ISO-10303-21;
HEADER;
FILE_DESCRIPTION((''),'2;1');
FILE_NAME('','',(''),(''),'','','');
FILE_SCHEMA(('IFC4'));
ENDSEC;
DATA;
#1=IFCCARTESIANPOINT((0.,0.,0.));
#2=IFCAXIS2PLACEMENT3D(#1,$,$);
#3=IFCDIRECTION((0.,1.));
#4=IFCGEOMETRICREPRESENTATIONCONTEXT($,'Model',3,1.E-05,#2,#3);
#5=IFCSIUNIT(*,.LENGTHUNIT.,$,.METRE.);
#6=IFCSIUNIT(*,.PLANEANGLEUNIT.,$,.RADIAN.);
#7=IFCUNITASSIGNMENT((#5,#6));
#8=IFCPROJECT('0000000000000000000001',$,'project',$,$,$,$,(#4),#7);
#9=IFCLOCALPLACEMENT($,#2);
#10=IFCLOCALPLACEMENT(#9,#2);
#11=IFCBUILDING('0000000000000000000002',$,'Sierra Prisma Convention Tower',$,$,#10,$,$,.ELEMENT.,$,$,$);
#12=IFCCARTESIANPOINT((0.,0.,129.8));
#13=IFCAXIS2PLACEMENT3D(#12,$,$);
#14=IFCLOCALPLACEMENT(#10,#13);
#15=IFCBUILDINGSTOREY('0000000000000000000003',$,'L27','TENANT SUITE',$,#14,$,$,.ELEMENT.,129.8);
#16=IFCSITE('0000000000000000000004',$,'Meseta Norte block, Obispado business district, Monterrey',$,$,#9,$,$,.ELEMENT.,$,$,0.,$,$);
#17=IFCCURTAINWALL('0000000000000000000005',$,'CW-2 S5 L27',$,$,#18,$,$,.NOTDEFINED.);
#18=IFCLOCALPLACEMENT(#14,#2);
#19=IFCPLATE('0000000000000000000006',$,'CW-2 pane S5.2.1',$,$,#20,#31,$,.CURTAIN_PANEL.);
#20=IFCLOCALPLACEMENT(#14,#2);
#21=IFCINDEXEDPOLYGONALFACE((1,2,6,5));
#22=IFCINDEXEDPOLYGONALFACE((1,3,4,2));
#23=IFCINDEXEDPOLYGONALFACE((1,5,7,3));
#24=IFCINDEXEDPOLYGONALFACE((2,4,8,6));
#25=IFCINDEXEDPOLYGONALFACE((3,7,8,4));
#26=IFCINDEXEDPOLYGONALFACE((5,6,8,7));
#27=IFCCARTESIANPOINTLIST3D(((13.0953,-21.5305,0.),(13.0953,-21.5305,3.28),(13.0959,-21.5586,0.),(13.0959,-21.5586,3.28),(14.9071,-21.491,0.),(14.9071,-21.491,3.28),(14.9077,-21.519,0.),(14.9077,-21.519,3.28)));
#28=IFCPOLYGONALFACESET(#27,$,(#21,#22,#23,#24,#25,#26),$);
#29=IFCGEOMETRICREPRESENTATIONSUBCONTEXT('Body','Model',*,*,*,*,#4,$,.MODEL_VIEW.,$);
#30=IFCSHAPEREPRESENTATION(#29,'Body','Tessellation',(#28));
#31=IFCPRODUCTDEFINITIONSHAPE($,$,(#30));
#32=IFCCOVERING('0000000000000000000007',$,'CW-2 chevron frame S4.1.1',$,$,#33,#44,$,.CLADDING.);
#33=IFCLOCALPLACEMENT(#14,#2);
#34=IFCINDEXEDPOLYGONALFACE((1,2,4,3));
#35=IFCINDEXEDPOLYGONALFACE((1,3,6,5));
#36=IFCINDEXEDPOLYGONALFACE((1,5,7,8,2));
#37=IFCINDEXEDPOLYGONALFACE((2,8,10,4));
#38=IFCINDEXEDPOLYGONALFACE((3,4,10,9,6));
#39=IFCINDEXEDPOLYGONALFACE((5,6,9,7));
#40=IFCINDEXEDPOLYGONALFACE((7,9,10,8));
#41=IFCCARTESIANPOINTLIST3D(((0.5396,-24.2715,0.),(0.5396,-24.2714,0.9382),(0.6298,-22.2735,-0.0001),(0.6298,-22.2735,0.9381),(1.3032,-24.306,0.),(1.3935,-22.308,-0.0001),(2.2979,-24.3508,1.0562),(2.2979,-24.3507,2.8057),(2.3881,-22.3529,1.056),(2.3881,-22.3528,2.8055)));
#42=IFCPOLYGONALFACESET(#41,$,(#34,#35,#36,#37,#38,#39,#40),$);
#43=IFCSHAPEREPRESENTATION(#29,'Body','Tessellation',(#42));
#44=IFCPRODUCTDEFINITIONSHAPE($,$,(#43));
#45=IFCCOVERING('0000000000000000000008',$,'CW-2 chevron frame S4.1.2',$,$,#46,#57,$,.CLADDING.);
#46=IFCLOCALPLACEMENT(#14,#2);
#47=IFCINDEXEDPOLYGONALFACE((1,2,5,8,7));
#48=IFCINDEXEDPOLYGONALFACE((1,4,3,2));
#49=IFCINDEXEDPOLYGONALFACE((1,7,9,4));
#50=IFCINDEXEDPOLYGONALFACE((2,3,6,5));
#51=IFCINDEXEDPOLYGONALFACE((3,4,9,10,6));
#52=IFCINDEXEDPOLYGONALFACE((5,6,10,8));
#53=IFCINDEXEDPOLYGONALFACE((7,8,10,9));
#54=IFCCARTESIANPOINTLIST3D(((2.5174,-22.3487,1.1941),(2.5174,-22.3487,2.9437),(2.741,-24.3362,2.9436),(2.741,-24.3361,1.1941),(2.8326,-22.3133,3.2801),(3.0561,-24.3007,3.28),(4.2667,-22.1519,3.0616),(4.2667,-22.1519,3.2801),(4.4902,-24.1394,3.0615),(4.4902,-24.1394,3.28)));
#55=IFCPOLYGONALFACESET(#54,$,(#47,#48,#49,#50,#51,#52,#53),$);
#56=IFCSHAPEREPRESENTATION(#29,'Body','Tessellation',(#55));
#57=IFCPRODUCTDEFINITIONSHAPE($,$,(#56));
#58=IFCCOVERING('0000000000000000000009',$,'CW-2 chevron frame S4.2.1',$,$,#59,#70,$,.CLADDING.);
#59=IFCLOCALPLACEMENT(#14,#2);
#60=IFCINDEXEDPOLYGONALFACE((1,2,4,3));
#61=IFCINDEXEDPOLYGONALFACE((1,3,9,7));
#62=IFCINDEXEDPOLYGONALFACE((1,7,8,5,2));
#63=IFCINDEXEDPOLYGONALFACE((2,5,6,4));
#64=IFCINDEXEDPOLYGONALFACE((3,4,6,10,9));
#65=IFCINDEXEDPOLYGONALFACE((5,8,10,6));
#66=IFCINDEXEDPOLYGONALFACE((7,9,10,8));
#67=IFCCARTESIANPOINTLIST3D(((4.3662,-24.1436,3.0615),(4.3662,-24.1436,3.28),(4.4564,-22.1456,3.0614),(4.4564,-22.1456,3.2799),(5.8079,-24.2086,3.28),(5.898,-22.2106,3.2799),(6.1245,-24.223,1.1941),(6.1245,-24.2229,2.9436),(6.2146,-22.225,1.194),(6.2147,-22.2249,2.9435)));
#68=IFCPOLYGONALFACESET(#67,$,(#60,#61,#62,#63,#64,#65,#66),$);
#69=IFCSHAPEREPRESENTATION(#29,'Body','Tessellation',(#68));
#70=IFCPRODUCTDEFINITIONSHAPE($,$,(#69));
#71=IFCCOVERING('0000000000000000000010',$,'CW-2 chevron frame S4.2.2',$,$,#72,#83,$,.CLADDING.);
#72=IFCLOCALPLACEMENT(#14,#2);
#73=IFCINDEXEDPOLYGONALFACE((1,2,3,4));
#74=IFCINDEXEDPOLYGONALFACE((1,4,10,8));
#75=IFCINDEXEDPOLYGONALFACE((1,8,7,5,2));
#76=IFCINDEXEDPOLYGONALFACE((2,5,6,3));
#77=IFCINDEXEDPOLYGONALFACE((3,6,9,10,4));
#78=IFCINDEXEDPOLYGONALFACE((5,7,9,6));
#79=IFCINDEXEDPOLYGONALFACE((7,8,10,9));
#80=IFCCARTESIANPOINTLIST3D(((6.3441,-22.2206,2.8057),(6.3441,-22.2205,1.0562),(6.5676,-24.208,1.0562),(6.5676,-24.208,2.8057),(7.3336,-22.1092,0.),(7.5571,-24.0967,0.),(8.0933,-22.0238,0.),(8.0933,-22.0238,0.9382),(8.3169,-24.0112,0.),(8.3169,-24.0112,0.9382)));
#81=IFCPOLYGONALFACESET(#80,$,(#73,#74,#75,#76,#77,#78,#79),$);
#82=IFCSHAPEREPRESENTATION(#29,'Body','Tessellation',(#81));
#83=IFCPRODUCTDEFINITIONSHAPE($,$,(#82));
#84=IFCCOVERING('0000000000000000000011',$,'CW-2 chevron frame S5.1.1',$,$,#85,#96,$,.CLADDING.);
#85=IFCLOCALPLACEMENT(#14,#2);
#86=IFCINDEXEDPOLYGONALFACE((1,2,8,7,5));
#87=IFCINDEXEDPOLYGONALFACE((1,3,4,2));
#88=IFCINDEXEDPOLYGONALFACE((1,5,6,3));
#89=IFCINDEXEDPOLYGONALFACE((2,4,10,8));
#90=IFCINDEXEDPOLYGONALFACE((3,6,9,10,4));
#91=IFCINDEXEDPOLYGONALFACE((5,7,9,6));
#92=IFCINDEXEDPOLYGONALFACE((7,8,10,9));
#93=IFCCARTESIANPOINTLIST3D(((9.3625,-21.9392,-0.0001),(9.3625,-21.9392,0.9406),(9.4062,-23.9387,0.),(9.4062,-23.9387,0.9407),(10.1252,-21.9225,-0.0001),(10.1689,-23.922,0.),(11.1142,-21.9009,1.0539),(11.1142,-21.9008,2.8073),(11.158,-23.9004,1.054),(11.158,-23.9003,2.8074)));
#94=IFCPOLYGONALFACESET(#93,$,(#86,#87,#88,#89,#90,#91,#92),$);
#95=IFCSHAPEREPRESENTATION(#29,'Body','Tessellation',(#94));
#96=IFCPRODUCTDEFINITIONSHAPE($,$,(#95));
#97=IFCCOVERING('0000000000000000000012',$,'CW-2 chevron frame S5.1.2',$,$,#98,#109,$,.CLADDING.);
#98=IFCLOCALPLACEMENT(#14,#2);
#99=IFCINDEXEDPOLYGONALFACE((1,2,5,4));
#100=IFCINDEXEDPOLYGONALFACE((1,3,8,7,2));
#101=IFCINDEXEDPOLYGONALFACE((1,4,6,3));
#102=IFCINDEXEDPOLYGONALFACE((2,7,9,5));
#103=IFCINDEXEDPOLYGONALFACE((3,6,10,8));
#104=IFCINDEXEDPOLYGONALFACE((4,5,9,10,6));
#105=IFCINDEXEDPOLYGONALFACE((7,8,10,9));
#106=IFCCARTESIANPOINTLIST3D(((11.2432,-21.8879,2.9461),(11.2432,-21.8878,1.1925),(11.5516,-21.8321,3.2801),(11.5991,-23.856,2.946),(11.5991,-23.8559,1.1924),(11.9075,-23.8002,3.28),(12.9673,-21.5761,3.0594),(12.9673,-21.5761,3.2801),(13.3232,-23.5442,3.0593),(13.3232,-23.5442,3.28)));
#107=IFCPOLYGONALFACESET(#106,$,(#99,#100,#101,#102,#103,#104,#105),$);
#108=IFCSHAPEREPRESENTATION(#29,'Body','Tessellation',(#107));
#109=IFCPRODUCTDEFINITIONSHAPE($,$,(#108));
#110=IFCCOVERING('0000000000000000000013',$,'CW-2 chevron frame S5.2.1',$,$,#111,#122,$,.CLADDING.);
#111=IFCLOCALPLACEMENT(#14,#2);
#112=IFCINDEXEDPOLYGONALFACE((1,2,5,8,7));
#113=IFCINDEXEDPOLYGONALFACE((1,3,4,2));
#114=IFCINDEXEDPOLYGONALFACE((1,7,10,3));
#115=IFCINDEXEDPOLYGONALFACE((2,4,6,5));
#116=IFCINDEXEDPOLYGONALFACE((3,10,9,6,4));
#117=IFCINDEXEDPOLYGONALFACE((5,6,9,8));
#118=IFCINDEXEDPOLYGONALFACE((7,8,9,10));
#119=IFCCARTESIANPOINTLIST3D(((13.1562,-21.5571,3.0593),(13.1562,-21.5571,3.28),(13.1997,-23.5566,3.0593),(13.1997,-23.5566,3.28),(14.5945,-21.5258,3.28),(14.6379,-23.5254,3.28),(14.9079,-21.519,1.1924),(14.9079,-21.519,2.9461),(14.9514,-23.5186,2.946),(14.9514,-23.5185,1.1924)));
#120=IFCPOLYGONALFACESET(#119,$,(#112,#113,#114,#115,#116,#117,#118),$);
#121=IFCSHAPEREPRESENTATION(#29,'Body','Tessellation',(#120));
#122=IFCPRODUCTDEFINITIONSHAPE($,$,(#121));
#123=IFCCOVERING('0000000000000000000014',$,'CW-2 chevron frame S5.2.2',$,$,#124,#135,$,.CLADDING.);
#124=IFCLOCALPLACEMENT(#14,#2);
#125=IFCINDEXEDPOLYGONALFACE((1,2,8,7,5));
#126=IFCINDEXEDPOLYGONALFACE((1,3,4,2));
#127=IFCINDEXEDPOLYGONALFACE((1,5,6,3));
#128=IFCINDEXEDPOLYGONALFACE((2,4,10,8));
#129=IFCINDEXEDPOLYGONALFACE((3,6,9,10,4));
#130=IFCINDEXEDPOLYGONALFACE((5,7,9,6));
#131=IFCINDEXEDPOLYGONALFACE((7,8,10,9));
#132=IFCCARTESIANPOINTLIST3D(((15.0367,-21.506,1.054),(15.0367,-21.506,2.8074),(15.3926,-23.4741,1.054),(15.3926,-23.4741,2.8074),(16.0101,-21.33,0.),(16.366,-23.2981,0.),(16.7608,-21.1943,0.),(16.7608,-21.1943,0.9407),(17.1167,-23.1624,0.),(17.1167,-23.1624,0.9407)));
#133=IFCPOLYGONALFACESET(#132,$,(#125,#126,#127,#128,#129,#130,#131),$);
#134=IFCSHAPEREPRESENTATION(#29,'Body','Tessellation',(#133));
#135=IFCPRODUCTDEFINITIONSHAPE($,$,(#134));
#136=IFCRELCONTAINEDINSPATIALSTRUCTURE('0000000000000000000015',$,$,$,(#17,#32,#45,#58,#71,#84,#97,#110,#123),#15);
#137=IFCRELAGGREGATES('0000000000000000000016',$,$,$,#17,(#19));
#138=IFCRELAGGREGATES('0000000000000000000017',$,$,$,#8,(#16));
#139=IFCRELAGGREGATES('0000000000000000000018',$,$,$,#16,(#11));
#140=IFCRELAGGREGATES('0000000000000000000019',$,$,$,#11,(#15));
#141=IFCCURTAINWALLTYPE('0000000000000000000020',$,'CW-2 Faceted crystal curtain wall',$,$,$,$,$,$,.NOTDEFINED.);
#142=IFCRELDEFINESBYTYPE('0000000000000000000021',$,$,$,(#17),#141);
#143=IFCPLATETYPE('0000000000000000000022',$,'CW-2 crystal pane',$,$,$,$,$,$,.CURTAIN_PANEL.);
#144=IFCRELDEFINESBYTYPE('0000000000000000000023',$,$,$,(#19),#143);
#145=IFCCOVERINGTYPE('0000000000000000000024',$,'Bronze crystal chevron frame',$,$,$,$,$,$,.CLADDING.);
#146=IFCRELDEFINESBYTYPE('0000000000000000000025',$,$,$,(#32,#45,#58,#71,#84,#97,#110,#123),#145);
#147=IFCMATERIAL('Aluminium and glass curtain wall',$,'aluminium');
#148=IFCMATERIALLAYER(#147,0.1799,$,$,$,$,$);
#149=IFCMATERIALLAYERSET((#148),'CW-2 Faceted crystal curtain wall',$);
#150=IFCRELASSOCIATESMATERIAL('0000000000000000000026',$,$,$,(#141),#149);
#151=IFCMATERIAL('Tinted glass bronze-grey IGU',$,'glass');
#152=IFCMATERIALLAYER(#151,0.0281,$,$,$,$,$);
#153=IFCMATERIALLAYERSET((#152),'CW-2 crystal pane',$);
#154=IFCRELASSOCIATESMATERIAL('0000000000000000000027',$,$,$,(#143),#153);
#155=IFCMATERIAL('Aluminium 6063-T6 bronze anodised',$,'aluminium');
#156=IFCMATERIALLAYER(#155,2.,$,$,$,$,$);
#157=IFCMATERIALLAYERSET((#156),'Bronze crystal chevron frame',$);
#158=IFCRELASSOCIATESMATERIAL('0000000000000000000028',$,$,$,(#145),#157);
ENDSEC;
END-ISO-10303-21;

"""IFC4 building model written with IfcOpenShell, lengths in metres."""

from ifc_helpers import new_model, si_unit, direction, frame, origin, place, context, subcontext, project, spatial, polyline, outline, extrude, material, layer, layer_set, type_object, element, aggregate, save


model = new_model("IFC4")

# Units and contexts
model_context = context("Model", 3, precision=1e-05, world=origin(), true_north=direction((0.0, 1.0)))
body_context = subcontext(model_context, "Body", "Model", "MODEL_VIEW")
ifc_project = project(units=[si_unit("LENGTHUNIT", "METRE"), si_unit("PLANEANGLEUNIT", "RADIAN")], contexts=[model_context])

# Site, building, storey
site_placement = place(None, origin())
site = spatial("IfcSite", under=ifc_project, at=site_placement, Name="Meseta Norte block, Obispado business district, Monterrey", CompositionType="ELEMENT", RefElevation=0.0)
building_placement = place(site_placement, origin())
building = spatial("IfcBuilding", under=site, at=building_placement, Name="Sierra Prisma Convention Tower", CompositionType="ELEMENT")
storey_placement = place(building_placement, frame((0.0, 0.0, 129.8)))
storey = spatial("IfcBuildingStorey", under=building, at=storey_placement, Name="L27", Description="TENANT SUITE", CompositionType="ELEMENT", Elevation=129.8)

# Curtain wall
ifc_material_1 = material(Name="Aluminium and glass curtain wall", Category="aluminium")
ifc_layer_1 = layer(ifc_material_1, 0.1799)
ifc_layer_set_1 = layer_set([ifc_layer_1], Name="CW-2 Faceted crystal curtain wall")
curtain_wall_type = type_object("IfcCurtainWallType", Name="CW-2 Faceted crystal curtain wall", PredefinedType="NOTDEFINED", material=ifc_layer_set_1)
curtain_wall_1_placement = place(storey_placement, origin())
curtain_wall_1 = element("IfcCurtainWall", 1, at=curtain_wall_1_placement, inside=storey, type_object=curtain_wall_type, Name="CW-2 S5 L27", PredefinedType="NOTDEFINED")

# Plate
ifc_material_2 = material(Name="Tinted glass bronze-grey IGU", Category="glass")
ifc_layer_2 = layer(ifc_material_2, 0.0281)
ifc_layer_set_2 = layer_set([ifc_layer_2], Name="CW-2 crystal pane")
plate_type = type_object("IfcPlateType", Name="CW-2 crystal pane", PredefinedType="CURTAIN_PANEL", material=ifc_layer_set_2)
plate_1_placement = place(storey_placement, frame((13.0959, -21.5586, 0.0), z_axis=(0.021825, -0.999762, 0.0), x_axis=(0.999762, 0.021825, 0.0)))
plate_1 = element("IfcPlate", 2, at=plate_1_placement, type_object=plate_type, Name="CW-2 pane S5.2.1", PredefinedType="CURTAIN_PANEL", context=body_context, shape_type="SweptSolid", body=[
    extrude(outline(polyline([(0.0, 0.0), (1.8122, 0.0), (1.8122, 3.28), (0.0, 3.28), (0.0, 0.0)])), origin(), (0.0, 0.0, -1.0), 0.0281),
])
aggregate(curtain_wall_1, [plate_1])

# Coverings
ifc_material_3 = material(Name="Aluminium 6063-T6 bronze anodised", Category="aluminium")
ifc_layer_3 = layer(ifc_material_3, 2.0)
ifc_layer_set_3 = layer_set([ifc_layer_3], Name="Bronze crystal chevron frame")
covering_type = type_object("IfcCoveringType", Name="Bronze crystal chevron frame", PredefinedType="CLADDING", material=ifc_layer_set_3)
covering_1_placement = place(storey_placement, frame((0.5396, -24.2715, 0.0), z_axis=(-0.04512, -0.998982, 0.000065), x_axis=(0.998982, -0.04512, 0.0)))
element("IfcCovering", 3, at=covering_1_placement, inside=storey, type_object=covering_type, Name="CW-2 chevron frame S4.1.1", PredefinedType="CLADDING", context=body_context, shape_type="SweptSolid", body=[
    extrude(outline(polyline([(0.0, 0.0), (0.7645, 0.0), (1.7601, 1.0562), (1.7601, 2.8057), (0.0, 0.9382), (0.0, 0.0)])), origin(), (0.0, 0.0, -1.0), 2.0),
])
covering_2_placement = place(storey_placement, frame((2.741, -24.3362, 2.9436), z_axis=(0.111791, -0.993732, -0.000024), x_axis=(-0.000003, 0.000024, -1.0)))
element("IfcCovering", 4, at=covering_2_placement, inside=storey, type_object=covering_type, Name="CW-2 chevron frame S4.1.2", PredefinedType="CLADDING", context=body_context, shape_type="SweptSolid", body=[
    extrude(outline(polyline([(0.0, 0.0), (1.7495, 0.0), (-0.1179, 1.7603), (-0.3364, 1.7603), (-0.3364, 0.3172), (0.0, 0.0)])), origin(), (0.0, 0.0, -1.0), 2.0),
])
covering_3_placement = place(storey_placement, frame((4.3662, -24.1436, 3.28), z_axis=(-0.045071, -0.998984, 0.000051), x_axis=(-0.000002, -0.000051, -1.0)))
element("IfcCovering", 5, at=covering_3_placement, inside=storey, type_object=covering_type, Name="CW-2 chevron frame S4.2.1", PredefinedType="CLADDING", context=body_context, shape_type="SweptSolid", body=[
    extrude(outline(polyline([(0.0, 0.0), (0.2185, 0.0), (2.0859, 1.7601), (0.3364, 1.7601), (0.0, 1.4431), (0.0, 0.0)])), origin(), (0.0, 0.0, -1.0), 2.0),
])
covering_4_placement = place(storey_placement, frame((8.3169, -24.0112, 0.0), z_axis=(0.111783, -0.993733, -0.000006), x_axis=(0.000001, -0.000006, 1.0)))
element("IfcCovering", 6, at=covering_4_placement, inside=storey, type_object=covering_type, Name="CW-2 chevron frame S4.2.2", PredefinedType="CLADDING", context=body_context, shape_type="SweptSolid", body=[
    extrude(outline(polyline([(0.0, 0.0), (0.9382, 0.0), (2.8057, 1.7603), (1.0562, 1.7603), (0.0, 0.7646), (0.0, 0.0)])), origin(), (0.0, 0.0, -1.0), 2.0),
])
covering_5_placement = place(storey_placement, frame((9.4062, -23.9387, 0.0), z_axis=(0.02186, -0.999761, 0.000028), x_axis=(0.999761, 0.02186, 0.0)))
element("IfcCovering", 7, at=covering_5_placement, inside=storey, type_object=covering_type, Name="CW-2 chevron frame S5.1.1", PredefinedType="CLADDING", context=body_context, shape_type="SweptSolid", body=[
    extrude(outline(polyline([(0.0, 0.0), (0.7629, 0.0), (1.7521, 1.054), (1.7521, 2.8074), (0.0, 0.9407), (0.0, 0.0)])), origin(), (0.0, 0.0, -1.0), 2.0),
])
covering_6_placement = place(storey_placement, frame((11.5991, -23.856, 2.946), z_axis=(0.177949, -0.98404, -0.000041), x_axis=(-0.000007, 0.00004, -1.0)))
element("IfcCovering", 8, at=covering_6_placement, inside=storey, type_object=covering_type, Name="CW-2 chevron frame S5.1.2", PredefinedType="CLADDING", context=body_context, shape_type="SweptSolid", body=[
    extrude(outline(polyline([(0.0, 0.0), (1.7537, 0.0), (-0.1133, 1.7521), (-0.334, 1.7521), (-0.334, 0.3133), (0.0, 0.0)])), origin(), (0.0, 0.0, -1.0), 2.0),
])
covering_7_placement = place(storey_placement, frame((13.1997, -23.5566, 3.28), z_axis=(0.021735, -0.999764, -0.000009), x_axis=(0.0, 0.000009, -1.0)))
element("IfcCovering", 9, at=covering_7_placement, inside=storey, type_object=covering_type, Name="CW-2 chevron frame S5.2.1", PredefinedType="CLADDING", context=body_context, shape_type="SweptSolid", body=[
    extrude(outline(polyline([(0.0, 0.0), (0.2207, 0.0), (2.0876, 1.7521), (0.334, 1.7521), (0.0, 1.4386), (0.0, 0.0)])), origin(), (0.0, 0.0, -1.0), 2.0),
])
covering_8_placement = place(storey_placement, frame((17.1167, -23.1624, 0.0), z_axis=(0.177939, -0.984041, -0.000003), x_axis=(0.000001, -0.000003, 1.0)))
element("IfcCovering", 10, at=covering_8_placement, inside=storey, type_object=covering_type, Name="CW-2 chevron frame S5.2.2", PredefinedType="CLADDING", context=body_context, shape_type="SweptSolid", body=[
    extrude(outline(polyline([(0.0, 0.0), (0.9407, 0.0), (2.8074, 1.7521), (1.054, 1.7521), (0.0, 0.7629), (0.0, 0.0)])), origin(), (0.0, 0.0, -1.0), 2.0),
])

save(model, "model.ifc")
